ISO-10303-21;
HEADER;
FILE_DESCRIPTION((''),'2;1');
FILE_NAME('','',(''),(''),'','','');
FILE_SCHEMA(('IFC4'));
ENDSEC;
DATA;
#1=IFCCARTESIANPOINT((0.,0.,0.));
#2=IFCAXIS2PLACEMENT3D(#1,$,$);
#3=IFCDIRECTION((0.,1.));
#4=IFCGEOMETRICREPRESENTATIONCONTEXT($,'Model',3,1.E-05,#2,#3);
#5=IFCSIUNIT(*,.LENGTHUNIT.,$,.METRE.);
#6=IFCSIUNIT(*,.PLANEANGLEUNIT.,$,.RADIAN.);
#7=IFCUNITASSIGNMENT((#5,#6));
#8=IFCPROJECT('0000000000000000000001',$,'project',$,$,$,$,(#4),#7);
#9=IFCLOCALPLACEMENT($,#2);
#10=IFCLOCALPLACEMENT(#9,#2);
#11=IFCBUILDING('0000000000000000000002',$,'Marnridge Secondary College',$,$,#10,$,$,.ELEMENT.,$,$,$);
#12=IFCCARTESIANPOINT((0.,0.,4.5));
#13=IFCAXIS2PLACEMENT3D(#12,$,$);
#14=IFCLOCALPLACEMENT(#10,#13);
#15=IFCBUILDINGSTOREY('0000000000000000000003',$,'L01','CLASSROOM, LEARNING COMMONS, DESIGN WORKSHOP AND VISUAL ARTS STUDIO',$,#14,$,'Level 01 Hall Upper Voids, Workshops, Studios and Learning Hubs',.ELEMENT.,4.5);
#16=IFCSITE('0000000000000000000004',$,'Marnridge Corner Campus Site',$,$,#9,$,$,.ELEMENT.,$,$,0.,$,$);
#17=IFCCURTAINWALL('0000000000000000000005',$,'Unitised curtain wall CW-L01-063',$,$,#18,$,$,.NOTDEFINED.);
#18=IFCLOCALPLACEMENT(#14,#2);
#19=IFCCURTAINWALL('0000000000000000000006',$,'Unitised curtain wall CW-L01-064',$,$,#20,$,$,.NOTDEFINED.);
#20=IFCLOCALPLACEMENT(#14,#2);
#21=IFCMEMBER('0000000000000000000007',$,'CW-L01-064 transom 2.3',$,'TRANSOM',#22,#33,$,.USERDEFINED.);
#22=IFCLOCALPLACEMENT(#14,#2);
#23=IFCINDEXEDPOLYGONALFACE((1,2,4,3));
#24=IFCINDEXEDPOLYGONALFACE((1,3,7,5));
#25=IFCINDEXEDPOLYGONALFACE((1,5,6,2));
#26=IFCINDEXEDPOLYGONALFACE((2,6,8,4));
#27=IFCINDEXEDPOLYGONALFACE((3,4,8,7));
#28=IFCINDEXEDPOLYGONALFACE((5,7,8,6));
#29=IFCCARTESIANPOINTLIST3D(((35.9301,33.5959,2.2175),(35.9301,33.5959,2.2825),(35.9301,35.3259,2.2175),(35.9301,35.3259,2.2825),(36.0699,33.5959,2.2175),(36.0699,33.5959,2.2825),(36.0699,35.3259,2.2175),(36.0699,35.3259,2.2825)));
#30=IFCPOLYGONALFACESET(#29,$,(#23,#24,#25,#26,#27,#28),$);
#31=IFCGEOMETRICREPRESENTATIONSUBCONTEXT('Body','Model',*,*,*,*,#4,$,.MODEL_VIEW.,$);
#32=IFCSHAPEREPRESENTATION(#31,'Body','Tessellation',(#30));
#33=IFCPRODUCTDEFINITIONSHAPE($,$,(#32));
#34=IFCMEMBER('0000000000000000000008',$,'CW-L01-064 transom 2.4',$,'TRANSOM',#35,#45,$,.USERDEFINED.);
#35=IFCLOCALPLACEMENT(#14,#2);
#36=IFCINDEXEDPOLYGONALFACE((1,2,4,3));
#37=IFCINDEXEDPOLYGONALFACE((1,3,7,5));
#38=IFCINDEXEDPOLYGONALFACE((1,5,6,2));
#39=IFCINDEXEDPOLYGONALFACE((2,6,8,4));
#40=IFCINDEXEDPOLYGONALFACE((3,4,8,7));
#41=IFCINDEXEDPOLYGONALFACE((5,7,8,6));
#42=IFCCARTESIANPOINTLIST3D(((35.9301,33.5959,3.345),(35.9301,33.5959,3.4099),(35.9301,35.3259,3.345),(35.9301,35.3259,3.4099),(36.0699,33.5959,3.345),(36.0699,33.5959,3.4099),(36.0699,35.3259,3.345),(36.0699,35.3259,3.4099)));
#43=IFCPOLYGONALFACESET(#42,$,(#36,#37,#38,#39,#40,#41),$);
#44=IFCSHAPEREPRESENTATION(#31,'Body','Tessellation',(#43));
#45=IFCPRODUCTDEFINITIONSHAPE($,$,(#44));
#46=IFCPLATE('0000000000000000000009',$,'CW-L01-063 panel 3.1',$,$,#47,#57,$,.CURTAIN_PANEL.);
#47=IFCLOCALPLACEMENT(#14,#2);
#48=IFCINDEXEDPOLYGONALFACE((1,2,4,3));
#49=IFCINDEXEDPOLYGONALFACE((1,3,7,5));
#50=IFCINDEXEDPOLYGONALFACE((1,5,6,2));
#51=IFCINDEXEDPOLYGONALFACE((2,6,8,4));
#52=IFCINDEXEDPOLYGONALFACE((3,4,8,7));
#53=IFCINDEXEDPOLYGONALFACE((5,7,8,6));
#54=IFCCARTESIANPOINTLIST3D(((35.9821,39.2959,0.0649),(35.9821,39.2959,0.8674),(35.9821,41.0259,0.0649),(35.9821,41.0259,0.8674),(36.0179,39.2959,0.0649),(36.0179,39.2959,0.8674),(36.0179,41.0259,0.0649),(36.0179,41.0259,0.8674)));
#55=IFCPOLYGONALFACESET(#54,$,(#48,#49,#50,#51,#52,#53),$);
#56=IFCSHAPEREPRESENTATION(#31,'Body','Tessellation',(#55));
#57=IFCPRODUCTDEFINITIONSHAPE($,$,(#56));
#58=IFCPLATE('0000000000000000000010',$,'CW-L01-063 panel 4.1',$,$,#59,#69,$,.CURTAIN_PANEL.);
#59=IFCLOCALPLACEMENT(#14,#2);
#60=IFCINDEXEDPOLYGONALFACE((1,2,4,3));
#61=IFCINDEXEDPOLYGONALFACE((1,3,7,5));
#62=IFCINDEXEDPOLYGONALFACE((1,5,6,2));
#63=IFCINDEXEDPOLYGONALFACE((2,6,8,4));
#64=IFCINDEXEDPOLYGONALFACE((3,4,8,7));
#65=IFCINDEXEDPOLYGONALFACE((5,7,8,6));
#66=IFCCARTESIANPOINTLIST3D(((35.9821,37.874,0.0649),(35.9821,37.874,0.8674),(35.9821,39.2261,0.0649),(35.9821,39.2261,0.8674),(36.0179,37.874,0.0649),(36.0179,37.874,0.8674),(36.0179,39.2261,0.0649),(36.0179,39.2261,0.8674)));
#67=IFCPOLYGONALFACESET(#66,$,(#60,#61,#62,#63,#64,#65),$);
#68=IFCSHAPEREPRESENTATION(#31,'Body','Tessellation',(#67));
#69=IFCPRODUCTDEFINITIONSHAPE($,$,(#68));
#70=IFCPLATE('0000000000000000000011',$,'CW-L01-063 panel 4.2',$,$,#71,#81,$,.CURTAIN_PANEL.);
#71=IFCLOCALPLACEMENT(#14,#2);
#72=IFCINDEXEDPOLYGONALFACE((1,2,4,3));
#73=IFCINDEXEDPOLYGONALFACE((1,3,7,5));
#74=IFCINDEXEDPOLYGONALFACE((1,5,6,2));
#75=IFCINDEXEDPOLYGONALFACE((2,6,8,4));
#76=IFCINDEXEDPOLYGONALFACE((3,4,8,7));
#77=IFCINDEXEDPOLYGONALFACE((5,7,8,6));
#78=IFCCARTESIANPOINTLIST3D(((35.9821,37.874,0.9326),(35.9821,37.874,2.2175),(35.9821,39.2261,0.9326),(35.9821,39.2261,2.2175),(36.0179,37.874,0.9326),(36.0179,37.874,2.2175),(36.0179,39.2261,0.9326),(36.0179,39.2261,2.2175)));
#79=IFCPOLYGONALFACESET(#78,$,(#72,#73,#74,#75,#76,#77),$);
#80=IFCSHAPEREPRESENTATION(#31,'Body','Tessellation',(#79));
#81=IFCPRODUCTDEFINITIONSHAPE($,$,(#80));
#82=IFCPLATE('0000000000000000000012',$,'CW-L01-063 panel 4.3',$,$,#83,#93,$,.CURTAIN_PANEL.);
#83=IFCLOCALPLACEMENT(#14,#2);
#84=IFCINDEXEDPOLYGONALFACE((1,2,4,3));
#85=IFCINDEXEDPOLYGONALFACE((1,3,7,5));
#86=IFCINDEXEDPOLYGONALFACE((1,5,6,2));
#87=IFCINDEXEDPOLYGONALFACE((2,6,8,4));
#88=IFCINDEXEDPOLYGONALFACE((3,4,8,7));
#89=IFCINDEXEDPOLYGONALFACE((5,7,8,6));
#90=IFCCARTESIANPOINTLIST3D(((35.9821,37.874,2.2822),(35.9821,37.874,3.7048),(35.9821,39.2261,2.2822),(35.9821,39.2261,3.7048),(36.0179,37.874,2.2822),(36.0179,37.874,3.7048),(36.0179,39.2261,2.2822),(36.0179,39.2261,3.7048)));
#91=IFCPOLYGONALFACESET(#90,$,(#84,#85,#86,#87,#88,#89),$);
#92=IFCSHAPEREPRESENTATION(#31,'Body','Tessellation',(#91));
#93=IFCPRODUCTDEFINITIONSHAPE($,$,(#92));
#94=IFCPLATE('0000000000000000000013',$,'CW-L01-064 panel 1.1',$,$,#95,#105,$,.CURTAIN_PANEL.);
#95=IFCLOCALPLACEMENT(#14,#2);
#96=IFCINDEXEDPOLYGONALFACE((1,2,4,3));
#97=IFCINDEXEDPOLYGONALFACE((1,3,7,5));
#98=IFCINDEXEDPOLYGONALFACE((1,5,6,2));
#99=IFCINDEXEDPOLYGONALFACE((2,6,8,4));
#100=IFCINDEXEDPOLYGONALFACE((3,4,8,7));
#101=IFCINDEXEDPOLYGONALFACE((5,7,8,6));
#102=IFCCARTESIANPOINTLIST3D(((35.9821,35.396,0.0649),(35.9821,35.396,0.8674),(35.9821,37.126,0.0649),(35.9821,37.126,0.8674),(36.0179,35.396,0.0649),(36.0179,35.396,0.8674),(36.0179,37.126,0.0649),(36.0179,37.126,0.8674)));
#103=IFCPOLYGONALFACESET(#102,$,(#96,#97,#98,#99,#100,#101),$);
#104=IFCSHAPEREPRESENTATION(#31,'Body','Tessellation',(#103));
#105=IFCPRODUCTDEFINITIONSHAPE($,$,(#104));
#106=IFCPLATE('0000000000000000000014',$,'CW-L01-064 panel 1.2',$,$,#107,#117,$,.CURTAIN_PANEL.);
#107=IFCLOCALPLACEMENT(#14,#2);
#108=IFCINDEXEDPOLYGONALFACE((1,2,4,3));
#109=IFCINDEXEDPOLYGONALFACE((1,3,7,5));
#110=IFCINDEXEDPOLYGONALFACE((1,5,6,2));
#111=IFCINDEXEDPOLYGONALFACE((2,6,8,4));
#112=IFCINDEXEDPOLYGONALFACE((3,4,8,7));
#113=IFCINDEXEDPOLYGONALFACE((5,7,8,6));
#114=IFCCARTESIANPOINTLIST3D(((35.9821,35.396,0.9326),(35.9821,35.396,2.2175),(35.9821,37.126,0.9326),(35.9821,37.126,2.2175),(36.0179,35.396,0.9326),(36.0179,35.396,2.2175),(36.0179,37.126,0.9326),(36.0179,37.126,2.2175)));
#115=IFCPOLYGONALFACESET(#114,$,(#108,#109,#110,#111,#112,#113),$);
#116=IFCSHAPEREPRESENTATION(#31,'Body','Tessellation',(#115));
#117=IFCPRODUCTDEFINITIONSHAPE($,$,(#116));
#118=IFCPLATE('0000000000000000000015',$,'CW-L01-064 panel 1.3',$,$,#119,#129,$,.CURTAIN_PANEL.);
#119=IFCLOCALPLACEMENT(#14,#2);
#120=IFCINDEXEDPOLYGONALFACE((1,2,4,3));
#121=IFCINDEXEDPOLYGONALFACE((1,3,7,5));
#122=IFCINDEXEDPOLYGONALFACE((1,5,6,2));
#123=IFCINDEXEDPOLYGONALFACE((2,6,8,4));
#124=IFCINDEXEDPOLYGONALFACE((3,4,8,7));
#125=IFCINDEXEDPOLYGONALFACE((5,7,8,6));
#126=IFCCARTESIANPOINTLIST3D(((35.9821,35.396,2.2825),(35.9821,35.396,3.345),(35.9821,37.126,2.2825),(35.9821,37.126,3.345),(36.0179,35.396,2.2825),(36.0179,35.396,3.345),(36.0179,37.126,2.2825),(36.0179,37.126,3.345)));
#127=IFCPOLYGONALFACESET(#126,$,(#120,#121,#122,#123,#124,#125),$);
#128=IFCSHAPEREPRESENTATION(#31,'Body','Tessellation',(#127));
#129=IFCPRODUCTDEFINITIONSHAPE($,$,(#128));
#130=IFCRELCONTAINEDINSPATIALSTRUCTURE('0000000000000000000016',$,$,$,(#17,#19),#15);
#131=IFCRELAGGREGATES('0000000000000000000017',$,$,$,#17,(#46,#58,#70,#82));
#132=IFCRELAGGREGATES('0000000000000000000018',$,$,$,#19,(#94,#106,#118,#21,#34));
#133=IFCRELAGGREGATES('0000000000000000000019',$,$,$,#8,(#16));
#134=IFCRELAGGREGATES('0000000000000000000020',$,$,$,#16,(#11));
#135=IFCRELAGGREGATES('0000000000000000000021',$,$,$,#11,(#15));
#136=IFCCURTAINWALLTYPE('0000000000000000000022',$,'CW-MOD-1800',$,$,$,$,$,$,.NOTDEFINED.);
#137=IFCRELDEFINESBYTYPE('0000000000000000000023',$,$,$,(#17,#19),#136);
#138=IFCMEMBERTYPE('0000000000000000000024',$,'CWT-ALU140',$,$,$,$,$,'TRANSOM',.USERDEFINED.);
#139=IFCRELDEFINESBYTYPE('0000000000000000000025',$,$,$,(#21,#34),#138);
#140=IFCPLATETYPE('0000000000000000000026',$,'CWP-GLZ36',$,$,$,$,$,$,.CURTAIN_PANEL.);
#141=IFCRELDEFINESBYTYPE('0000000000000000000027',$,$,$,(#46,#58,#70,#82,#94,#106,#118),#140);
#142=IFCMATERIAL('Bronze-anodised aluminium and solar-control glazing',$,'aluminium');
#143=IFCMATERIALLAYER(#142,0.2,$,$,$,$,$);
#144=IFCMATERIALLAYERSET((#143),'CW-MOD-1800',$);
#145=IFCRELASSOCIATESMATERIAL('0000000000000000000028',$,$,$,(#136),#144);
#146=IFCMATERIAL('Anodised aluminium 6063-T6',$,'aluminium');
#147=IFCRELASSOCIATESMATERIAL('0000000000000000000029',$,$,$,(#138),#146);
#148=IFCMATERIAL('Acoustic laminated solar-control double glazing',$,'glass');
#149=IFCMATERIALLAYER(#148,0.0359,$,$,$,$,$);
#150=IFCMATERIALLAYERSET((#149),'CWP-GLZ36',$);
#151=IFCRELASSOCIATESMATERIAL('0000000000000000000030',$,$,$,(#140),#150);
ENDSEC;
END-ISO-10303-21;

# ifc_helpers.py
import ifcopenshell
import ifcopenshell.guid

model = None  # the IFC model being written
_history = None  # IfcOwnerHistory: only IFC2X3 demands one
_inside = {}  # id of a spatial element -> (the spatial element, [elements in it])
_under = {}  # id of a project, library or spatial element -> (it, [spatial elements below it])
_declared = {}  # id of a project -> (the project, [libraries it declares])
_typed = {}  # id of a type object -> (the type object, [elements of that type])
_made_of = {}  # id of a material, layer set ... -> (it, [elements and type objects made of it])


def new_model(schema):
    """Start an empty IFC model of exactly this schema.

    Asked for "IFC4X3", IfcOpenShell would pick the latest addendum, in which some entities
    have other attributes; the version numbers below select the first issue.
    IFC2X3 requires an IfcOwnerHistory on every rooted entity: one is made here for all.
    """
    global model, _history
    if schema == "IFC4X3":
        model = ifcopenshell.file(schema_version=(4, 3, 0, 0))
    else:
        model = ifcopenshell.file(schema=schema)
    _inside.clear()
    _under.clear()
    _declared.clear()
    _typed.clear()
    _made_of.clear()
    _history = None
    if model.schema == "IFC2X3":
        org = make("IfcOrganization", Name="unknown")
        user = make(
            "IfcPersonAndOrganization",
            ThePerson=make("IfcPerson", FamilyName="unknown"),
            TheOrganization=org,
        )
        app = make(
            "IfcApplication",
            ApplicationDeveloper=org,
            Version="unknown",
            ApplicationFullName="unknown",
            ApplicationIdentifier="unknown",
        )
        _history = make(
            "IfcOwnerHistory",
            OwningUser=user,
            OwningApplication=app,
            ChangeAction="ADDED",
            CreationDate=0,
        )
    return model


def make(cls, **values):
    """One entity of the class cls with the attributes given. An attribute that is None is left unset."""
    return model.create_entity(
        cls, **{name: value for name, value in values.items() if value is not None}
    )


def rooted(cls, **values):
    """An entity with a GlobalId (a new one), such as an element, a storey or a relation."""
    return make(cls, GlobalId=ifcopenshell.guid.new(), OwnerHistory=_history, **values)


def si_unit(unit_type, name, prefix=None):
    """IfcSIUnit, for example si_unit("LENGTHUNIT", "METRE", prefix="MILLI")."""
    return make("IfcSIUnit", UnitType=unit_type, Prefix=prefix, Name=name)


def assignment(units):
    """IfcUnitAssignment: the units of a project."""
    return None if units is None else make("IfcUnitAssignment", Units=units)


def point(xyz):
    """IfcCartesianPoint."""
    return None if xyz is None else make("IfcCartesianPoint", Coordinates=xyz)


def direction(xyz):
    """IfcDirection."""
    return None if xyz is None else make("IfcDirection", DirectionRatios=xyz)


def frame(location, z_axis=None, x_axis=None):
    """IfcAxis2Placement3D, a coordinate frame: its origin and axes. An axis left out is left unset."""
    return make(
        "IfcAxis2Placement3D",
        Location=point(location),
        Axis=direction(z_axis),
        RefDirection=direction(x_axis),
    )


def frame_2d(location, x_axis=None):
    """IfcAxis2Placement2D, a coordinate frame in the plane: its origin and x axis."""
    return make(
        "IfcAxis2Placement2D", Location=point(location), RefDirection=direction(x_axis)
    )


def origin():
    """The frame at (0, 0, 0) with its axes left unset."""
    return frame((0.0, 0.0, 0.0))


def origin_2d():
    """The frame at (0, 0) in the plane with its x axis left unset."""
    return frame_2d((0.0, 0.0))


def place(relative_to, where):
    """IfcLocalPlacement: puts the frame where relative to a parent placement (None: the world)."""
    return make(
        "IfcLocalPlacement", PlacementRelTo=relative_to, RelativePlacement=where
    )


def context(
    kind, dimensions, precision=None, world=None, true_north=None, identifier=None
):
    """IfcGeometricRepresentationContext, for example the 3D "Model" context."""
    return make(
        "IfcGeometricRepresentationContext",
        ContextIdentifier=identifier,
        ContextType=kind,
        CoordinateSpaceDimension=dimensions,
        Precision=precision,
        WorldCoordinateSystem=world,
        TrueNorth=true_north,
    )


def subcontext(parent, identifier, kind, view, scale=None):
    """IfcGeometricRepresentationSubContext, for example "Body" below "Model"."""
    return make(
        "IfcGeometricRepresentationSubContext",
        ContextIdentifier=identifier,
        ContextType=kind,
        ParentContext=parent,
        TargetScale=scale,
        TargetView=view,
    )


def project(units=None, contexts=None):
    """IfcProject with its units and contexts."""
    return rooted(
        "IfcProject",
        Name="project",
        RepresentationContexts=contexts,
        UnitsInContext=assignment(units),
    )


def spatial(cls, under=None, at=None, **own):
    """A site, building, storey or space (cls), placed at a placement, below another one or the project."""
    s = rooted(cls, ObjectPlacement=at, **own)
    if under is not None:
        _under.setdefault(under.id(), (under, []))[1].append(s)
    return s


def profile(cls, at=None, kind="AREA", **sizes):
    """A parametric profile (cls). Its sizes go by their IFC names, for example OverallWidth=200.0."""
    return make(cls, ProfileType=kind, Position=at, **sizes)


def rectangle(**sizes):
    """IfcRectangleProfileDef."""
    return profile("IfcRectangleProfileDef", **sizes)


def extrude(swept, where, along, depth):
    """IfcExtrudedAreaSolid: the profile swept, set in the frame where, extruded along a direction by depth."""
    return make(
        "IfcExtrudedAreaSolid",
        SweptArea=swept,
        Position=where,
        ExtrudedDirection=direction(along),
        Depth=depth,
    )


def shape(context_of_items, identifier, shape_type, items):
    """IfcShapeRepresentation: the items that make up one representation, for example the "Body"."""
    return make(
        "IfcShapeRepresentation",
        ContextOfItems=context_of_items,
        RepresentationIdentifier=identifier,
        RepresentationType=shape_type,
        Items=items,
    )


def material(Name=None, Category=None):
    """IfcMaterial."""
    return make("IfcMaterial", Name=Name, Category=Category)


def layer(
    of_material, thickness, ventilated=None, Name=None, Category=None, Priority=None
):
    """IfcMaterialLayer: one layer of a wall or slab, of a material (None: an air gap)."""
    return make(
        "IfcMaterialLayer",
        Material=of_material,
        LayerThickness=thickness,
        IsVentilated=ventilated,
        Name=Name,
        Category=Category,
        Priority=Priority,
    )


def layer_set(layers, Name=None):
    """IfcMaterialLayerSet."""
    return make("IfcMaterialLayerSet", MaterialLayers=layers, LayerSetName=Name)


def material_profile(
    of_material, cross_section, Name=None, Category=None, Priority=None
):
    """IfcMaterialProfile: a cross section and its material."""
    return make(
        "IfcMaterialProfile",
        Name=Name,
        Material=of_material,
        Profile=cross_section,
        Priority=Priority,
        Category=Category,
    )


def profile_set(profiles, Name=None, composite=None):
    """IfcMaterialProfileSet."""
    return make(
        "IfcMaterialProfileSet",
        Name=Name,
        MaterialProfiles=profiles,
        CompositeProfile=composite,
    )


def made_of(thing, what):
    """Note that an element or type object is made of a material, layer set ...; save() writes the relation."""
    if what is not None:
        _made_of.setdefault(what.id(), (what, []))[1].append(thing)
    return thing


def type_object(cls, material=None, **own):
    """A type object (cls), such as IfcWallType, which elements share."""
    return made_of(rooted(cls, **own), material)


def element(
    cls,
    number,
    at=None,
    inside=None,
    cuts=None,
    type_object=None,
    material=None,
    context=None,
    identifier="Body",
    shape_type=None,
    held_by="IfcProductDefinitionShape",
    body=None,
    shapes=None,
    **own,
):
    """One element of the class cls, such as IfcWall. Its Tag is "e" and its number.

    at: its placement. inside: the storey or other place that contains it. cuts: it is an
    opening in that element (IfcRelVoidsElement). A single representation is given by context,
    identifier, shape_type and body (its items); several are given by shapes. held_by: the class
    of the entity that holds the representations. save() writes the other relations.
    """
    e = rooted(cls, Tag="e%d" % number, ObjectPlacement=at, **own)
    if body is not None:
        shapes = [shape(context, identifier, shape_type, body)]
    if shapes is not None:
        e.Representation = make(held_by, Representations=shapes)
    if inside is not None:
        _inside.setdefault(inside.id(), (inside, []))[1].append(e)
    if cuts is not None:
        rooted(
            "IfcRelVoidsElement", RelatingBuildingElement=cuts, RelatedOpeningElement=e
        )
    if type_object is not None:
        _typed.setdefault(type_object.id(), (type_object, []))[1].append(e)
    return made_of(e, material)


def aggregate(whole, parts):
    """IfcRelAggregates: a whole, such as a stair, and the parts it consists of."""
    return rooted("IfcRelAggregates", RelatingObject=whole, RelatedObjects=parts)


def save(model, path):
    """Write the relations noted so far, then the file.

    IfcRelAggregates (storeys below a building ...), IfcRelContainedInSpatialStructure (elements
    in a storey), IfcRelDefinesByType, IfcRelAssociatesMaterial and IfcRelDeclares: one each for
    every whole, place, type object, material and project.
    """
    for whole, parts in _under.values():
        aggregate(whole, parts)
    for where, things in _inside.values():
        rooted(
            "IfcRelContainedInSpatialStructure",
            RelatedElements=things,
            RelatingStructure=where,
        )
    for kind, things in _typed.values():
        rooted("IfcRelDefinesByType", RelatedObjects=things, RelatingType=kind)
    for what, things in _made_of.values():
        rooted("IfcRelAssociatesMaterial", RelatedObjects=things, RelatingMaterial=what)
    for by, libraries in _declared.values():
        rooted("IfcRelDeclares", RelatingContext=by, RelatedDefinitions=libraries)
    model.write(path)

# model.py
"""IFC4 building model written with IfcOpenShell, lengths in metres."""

from ifc_helpers import new_model, si_unit, direction, frame, origin, origin_2d, place, context, subcontext, project, spatial, rectangle, extrude, material, layer, layer_set, material_profile, profile_set, type_object, element, aggregate, save


model = new_model("IFC4")

# Units and contexts
model_context = context("Model", 3, precision=1e-05, world=origin(), true_north=direction((0.0, 1.0)))
body_context = subcontext(model_context, "Body", "Model", "MODEL_VIEW")
ifc_project = project(units=[si_unit("LENGTHUNIT", "METRE"), si_unit("PLANEANGLEUNIT", "RADIAN")], contexts=[model_context])

# Site, building, storey
site_placement = place(None, origin())
site = spatial("IfcSite", under=ifc_project, at=site_placement, Name="Marnridge Corner Campus Site", CompositionType="ELEMENT", RefElevation=0.0)
building_placement = place(site_placement, origin())
building = spatial("IfcBuilding", under=site, at=building_placement, Name="Marnridge Secondary College", CompositionType="ELEMENT")
storey_placement = place(building_placement, frame((0.0, 0.0, 4.5)))
storey = spatial("IfcBuildingStorey", under=building, at=storey_placement, Name="L01", Description="CLASSROOM, LEARNING COMMONS, DESIGN WORKSHOP AND VISUAL ARTS STUDIO", LongName="Level 01 Hall Upper Voids, Workshops, Studios and Learning Hubs", CompositionType="ELEMENT", Elevation=4.5)

# Curtain walls
ifc_material_1 = material(Name="Bronze-anodised aluminium and solar-control glazing", Category="aluminium")
ifc_layer_1 = layer(ifc_material_1, 0.2)
ifc_layer_set_1 = layer_set([ifc_layer_1], Name="CW-MOD-1800")
curtain_wall_type = type_object("IfcCurtainWallType", Name="CW-MOD-1800", PredefinedType="NOTDEFINED", material=ifc_layer_set_1)
curtain_wall_1_placement = place(storey_placement, origin())
curtain_wall_1 = element("IfcCurtainWall", 1, at=curtain_wall_1_placement, inside=storey, type_object=curtain_wall_type, Name="Unitised curtain wall CW-L01-063", PredefinedType="NOTDEFINED")
curtain_wall_2_placement = place(storey_placement, origin())
curtain_wall_2 = element("IfcCurtainWall", 2, at=curtain_wall_2_placement, inside=storey, type_object=curtain_wall_type, Name="Unitised curtain wall CW-L01-064", PredefinedType="NOTDEFINED")

# Members
ifc_material_2 = material(Name="Anodised aluminium 6063-T6", Category="aluminium")
ifc_material_profile_1 = material_profile(ifc_material_2, rectangle(XDim=0.0649, YDim=0.1399, at=origin_2d()), Name="ALU 65x140")
ifc_profile_set_1 = profile_set([ifc_material_profile_1], Name="Anodised aluminium 6063-T6")
member_type_1 = type_object("IfcMemberType", Name="CWT-ALU140", ElementType="TRANSOM", PredefinedType="USERDEFINED", material=ifc_profile_set_1)
member_1_placement = place(storey_placement, frame((36.0, 35.3259, 2.25), z_axis=(0.0, -1.0, 0.0), x_axis=(0.0, 0.0, 1.0)))
member_1 = element("IfcMember", 3, at=member_1_placement, type_object=member_type_1, Name="CW-L01-064 transom 2.3", ObjectType="TRANSOM", PredefinedType="USERDEFINED", context=body_context, shape_type="SweptSolid", body=[
    extrude(rectangle(XDim=0.0649, YDim=0.1399, at=origin_2d()), origin(), (0.0, 0.0, 1.0), 1.73),
])
member_2_placement = place(storey_placement, frame((36.0, 35.3259, 3.3774), z_axis=(0.0, -1.0, 0.0), x_axis=(0.0, 0.0, 1.0)))
member_2 = element("IfcMember", 4, at=member_2_placement, type_object=member_type_1, Name="CW-L01-064 transom 2.4", ObjectType="TRANSOM", PredefinedType="USERDEFINED", context=body_context, shape_type="SweptSolid", body=[
    extrude(rectangle(XDim=0.0649, YDim=0.1399, at=origin_2d()), origin(), (0.0, 0.0, 1.0), 1.73),
])

# Plates
ifc_material_3 = material(Name="Acoustic laminated solar-control double glazing", Category="glass")
ifc_layer_2 = layer(ifc_material_3, 0.0359)
ifc_layer_set_2 = layer_set([ifc_layer_2], Name="CWP-GLZ36")
plate_type = type_object("IfcPlateType", Name="CWP-GLZ36", PredefinedType="CURTAIN_PANEL", material=ifc_layer_set_2)
plate_1_placement = place(storey_placement, frame((36.0, 40.1609, 0.0649), z_axis=(0.0, 0.0, 1.0), x_axis=(0.0, -1.0, 0.0)))
plate_1 = element("IfcPlate", 5, at=plate_1_placement, type_object=plate_type, Name="CW-L01-063 panel 3.1", PredefinedType="CURTAIN_PANEL", context=body_context, shape_type="SweptSolid", body=[
    extrude(rectangle(XDim=1.73, YDim=0.0359, at=origin_2d()), origin(), (0.0, 0.0, 1.0), 0.8025),
])
plate_2_placement = place(storey_placement, frame((36.0, 38.55, 0.0649), z_axis=(0.0, 0.0, 1.0), x_axis=(0.0, -1.0, 0.0)))
plate_2 = element("IfcPlate", 6, at=plate_2_placement, type_object=plate_type, Name="CW-L01-063 panel 4.1", PredefinedType="CURTAIN_PANEL", context=body_context, shape_type="SweptSolid", body=[
    extrude(rectangle(XDim=1.3521, YDim=0.0359, at=origin_2d()), origin(), (0.0, 0.0, 1.0), 0.8025),
])
plate_3_placement = place(storey_placement, frame((36.0, 38.55, 0.9326), z_axis=(0.0, 0.0, 1.0), x_axis=(0.0, -1.0, 0.0)))
plate_3 = element("IfcPlate", 7, at=plate_3_placement, type_object=plate_type, Name="CW-L01-063 panel 4.2", PredefinedType="CURTAIN_PANEL", context=body_context, shape_type="SweptSolid", body=[
    extrude(rectangle(XDim=1.3521, YDim=0.0359, at=origin_2d()), origin(), (0.0, 0.0, 1.0), 1.2849),
])
plate_4_placement = place(storey_placement, frame((36.0, 38.55, 2.2822), z_axis=(0.0, 0.0, 1.0), x_axis=(0.0, -1.0, 0.0)))
plate_4 = element("IfcPlate", 8, at=plate_4_placement, type_object=plate_type, Name="CW-L01-063 panel 4.3", PredefinedType="CURTAIN_PANEL", context=body_context, shape_type="SweptSolid", body=[
    extrude(rectangle(XDim=1.3521, YDim=0.0359, at=origin_2d()), origin(), (0.0, 0.0, 1.0), 1.4226),
])
aggregate(curtain_wall_1, [plate_1, plate_2, plate_3, plate_4])
plate_5_placement = place(storey_placement, frame((36.0, 36.261, 0.0649), z_axis=(0.0, 0.0, 1.0), x_axis=(0.0, -1.0, 0.0)))
plate_5 = element("IfcPlate", 9, at=plate_5_placement, type_object=plate_type, Name="CW-L01-064 panel 1.1", PredefinedType="CURTAIN_PANEL", context=body_context, shape_type="SweptSolid", body=[
    extrude(rectangle(XDim=1.73, YDim=0.0359, at=origin_2d()), origin(), (0.0, 0.0, 1.0), 0.8025),
])
plate_6_placement = place(storey_placement, frame((36.0, 36.261, 0.9326), z_axis=(0.0, 0.0, 1.0), x_axis=(0.0, -1.0, 0.0)))
plate_6 = element("IfcPlate", 10, at=plate_6_placement, type_object=plate_type, Name="CW-L01-064 panel 1.2", PredefinedType="CURTAIN_PANEL", context=body_context, shape_type="SweptSolid", body=[
    extrude(rectangle(XDim=1.73, YDim=0.0359, at=origin_2d()), origin(), (0.0, 0.0, 1.0), 1.2849),
])
plate_7_placement = place(storey_placement, frame((36.0, 36.261, 2.2825), z_axis=(0.0, 0.0, 1.0), x_axis=(0.0, -1.0, 0.0)))
plate_7 = element("IfcPlate", 11, at=plate_7_placement, type_object=plate_type, Name="CW-L01-064 panel 1.3", PredefinedType="CURTAIN_PANEL", context=body_context, shape_type="SweptSolid", body=[
    extrude(rectangle(XDim=1.73, YDim=0.0359, at=origin_2d()), origin(), (0.0, 0.0, 1.0), 1.0625),
])
aggregate(curtain_wall_2, [plate_5, plate_6, plate_7, member_1, member_2])

save(model, "model.ifc")
